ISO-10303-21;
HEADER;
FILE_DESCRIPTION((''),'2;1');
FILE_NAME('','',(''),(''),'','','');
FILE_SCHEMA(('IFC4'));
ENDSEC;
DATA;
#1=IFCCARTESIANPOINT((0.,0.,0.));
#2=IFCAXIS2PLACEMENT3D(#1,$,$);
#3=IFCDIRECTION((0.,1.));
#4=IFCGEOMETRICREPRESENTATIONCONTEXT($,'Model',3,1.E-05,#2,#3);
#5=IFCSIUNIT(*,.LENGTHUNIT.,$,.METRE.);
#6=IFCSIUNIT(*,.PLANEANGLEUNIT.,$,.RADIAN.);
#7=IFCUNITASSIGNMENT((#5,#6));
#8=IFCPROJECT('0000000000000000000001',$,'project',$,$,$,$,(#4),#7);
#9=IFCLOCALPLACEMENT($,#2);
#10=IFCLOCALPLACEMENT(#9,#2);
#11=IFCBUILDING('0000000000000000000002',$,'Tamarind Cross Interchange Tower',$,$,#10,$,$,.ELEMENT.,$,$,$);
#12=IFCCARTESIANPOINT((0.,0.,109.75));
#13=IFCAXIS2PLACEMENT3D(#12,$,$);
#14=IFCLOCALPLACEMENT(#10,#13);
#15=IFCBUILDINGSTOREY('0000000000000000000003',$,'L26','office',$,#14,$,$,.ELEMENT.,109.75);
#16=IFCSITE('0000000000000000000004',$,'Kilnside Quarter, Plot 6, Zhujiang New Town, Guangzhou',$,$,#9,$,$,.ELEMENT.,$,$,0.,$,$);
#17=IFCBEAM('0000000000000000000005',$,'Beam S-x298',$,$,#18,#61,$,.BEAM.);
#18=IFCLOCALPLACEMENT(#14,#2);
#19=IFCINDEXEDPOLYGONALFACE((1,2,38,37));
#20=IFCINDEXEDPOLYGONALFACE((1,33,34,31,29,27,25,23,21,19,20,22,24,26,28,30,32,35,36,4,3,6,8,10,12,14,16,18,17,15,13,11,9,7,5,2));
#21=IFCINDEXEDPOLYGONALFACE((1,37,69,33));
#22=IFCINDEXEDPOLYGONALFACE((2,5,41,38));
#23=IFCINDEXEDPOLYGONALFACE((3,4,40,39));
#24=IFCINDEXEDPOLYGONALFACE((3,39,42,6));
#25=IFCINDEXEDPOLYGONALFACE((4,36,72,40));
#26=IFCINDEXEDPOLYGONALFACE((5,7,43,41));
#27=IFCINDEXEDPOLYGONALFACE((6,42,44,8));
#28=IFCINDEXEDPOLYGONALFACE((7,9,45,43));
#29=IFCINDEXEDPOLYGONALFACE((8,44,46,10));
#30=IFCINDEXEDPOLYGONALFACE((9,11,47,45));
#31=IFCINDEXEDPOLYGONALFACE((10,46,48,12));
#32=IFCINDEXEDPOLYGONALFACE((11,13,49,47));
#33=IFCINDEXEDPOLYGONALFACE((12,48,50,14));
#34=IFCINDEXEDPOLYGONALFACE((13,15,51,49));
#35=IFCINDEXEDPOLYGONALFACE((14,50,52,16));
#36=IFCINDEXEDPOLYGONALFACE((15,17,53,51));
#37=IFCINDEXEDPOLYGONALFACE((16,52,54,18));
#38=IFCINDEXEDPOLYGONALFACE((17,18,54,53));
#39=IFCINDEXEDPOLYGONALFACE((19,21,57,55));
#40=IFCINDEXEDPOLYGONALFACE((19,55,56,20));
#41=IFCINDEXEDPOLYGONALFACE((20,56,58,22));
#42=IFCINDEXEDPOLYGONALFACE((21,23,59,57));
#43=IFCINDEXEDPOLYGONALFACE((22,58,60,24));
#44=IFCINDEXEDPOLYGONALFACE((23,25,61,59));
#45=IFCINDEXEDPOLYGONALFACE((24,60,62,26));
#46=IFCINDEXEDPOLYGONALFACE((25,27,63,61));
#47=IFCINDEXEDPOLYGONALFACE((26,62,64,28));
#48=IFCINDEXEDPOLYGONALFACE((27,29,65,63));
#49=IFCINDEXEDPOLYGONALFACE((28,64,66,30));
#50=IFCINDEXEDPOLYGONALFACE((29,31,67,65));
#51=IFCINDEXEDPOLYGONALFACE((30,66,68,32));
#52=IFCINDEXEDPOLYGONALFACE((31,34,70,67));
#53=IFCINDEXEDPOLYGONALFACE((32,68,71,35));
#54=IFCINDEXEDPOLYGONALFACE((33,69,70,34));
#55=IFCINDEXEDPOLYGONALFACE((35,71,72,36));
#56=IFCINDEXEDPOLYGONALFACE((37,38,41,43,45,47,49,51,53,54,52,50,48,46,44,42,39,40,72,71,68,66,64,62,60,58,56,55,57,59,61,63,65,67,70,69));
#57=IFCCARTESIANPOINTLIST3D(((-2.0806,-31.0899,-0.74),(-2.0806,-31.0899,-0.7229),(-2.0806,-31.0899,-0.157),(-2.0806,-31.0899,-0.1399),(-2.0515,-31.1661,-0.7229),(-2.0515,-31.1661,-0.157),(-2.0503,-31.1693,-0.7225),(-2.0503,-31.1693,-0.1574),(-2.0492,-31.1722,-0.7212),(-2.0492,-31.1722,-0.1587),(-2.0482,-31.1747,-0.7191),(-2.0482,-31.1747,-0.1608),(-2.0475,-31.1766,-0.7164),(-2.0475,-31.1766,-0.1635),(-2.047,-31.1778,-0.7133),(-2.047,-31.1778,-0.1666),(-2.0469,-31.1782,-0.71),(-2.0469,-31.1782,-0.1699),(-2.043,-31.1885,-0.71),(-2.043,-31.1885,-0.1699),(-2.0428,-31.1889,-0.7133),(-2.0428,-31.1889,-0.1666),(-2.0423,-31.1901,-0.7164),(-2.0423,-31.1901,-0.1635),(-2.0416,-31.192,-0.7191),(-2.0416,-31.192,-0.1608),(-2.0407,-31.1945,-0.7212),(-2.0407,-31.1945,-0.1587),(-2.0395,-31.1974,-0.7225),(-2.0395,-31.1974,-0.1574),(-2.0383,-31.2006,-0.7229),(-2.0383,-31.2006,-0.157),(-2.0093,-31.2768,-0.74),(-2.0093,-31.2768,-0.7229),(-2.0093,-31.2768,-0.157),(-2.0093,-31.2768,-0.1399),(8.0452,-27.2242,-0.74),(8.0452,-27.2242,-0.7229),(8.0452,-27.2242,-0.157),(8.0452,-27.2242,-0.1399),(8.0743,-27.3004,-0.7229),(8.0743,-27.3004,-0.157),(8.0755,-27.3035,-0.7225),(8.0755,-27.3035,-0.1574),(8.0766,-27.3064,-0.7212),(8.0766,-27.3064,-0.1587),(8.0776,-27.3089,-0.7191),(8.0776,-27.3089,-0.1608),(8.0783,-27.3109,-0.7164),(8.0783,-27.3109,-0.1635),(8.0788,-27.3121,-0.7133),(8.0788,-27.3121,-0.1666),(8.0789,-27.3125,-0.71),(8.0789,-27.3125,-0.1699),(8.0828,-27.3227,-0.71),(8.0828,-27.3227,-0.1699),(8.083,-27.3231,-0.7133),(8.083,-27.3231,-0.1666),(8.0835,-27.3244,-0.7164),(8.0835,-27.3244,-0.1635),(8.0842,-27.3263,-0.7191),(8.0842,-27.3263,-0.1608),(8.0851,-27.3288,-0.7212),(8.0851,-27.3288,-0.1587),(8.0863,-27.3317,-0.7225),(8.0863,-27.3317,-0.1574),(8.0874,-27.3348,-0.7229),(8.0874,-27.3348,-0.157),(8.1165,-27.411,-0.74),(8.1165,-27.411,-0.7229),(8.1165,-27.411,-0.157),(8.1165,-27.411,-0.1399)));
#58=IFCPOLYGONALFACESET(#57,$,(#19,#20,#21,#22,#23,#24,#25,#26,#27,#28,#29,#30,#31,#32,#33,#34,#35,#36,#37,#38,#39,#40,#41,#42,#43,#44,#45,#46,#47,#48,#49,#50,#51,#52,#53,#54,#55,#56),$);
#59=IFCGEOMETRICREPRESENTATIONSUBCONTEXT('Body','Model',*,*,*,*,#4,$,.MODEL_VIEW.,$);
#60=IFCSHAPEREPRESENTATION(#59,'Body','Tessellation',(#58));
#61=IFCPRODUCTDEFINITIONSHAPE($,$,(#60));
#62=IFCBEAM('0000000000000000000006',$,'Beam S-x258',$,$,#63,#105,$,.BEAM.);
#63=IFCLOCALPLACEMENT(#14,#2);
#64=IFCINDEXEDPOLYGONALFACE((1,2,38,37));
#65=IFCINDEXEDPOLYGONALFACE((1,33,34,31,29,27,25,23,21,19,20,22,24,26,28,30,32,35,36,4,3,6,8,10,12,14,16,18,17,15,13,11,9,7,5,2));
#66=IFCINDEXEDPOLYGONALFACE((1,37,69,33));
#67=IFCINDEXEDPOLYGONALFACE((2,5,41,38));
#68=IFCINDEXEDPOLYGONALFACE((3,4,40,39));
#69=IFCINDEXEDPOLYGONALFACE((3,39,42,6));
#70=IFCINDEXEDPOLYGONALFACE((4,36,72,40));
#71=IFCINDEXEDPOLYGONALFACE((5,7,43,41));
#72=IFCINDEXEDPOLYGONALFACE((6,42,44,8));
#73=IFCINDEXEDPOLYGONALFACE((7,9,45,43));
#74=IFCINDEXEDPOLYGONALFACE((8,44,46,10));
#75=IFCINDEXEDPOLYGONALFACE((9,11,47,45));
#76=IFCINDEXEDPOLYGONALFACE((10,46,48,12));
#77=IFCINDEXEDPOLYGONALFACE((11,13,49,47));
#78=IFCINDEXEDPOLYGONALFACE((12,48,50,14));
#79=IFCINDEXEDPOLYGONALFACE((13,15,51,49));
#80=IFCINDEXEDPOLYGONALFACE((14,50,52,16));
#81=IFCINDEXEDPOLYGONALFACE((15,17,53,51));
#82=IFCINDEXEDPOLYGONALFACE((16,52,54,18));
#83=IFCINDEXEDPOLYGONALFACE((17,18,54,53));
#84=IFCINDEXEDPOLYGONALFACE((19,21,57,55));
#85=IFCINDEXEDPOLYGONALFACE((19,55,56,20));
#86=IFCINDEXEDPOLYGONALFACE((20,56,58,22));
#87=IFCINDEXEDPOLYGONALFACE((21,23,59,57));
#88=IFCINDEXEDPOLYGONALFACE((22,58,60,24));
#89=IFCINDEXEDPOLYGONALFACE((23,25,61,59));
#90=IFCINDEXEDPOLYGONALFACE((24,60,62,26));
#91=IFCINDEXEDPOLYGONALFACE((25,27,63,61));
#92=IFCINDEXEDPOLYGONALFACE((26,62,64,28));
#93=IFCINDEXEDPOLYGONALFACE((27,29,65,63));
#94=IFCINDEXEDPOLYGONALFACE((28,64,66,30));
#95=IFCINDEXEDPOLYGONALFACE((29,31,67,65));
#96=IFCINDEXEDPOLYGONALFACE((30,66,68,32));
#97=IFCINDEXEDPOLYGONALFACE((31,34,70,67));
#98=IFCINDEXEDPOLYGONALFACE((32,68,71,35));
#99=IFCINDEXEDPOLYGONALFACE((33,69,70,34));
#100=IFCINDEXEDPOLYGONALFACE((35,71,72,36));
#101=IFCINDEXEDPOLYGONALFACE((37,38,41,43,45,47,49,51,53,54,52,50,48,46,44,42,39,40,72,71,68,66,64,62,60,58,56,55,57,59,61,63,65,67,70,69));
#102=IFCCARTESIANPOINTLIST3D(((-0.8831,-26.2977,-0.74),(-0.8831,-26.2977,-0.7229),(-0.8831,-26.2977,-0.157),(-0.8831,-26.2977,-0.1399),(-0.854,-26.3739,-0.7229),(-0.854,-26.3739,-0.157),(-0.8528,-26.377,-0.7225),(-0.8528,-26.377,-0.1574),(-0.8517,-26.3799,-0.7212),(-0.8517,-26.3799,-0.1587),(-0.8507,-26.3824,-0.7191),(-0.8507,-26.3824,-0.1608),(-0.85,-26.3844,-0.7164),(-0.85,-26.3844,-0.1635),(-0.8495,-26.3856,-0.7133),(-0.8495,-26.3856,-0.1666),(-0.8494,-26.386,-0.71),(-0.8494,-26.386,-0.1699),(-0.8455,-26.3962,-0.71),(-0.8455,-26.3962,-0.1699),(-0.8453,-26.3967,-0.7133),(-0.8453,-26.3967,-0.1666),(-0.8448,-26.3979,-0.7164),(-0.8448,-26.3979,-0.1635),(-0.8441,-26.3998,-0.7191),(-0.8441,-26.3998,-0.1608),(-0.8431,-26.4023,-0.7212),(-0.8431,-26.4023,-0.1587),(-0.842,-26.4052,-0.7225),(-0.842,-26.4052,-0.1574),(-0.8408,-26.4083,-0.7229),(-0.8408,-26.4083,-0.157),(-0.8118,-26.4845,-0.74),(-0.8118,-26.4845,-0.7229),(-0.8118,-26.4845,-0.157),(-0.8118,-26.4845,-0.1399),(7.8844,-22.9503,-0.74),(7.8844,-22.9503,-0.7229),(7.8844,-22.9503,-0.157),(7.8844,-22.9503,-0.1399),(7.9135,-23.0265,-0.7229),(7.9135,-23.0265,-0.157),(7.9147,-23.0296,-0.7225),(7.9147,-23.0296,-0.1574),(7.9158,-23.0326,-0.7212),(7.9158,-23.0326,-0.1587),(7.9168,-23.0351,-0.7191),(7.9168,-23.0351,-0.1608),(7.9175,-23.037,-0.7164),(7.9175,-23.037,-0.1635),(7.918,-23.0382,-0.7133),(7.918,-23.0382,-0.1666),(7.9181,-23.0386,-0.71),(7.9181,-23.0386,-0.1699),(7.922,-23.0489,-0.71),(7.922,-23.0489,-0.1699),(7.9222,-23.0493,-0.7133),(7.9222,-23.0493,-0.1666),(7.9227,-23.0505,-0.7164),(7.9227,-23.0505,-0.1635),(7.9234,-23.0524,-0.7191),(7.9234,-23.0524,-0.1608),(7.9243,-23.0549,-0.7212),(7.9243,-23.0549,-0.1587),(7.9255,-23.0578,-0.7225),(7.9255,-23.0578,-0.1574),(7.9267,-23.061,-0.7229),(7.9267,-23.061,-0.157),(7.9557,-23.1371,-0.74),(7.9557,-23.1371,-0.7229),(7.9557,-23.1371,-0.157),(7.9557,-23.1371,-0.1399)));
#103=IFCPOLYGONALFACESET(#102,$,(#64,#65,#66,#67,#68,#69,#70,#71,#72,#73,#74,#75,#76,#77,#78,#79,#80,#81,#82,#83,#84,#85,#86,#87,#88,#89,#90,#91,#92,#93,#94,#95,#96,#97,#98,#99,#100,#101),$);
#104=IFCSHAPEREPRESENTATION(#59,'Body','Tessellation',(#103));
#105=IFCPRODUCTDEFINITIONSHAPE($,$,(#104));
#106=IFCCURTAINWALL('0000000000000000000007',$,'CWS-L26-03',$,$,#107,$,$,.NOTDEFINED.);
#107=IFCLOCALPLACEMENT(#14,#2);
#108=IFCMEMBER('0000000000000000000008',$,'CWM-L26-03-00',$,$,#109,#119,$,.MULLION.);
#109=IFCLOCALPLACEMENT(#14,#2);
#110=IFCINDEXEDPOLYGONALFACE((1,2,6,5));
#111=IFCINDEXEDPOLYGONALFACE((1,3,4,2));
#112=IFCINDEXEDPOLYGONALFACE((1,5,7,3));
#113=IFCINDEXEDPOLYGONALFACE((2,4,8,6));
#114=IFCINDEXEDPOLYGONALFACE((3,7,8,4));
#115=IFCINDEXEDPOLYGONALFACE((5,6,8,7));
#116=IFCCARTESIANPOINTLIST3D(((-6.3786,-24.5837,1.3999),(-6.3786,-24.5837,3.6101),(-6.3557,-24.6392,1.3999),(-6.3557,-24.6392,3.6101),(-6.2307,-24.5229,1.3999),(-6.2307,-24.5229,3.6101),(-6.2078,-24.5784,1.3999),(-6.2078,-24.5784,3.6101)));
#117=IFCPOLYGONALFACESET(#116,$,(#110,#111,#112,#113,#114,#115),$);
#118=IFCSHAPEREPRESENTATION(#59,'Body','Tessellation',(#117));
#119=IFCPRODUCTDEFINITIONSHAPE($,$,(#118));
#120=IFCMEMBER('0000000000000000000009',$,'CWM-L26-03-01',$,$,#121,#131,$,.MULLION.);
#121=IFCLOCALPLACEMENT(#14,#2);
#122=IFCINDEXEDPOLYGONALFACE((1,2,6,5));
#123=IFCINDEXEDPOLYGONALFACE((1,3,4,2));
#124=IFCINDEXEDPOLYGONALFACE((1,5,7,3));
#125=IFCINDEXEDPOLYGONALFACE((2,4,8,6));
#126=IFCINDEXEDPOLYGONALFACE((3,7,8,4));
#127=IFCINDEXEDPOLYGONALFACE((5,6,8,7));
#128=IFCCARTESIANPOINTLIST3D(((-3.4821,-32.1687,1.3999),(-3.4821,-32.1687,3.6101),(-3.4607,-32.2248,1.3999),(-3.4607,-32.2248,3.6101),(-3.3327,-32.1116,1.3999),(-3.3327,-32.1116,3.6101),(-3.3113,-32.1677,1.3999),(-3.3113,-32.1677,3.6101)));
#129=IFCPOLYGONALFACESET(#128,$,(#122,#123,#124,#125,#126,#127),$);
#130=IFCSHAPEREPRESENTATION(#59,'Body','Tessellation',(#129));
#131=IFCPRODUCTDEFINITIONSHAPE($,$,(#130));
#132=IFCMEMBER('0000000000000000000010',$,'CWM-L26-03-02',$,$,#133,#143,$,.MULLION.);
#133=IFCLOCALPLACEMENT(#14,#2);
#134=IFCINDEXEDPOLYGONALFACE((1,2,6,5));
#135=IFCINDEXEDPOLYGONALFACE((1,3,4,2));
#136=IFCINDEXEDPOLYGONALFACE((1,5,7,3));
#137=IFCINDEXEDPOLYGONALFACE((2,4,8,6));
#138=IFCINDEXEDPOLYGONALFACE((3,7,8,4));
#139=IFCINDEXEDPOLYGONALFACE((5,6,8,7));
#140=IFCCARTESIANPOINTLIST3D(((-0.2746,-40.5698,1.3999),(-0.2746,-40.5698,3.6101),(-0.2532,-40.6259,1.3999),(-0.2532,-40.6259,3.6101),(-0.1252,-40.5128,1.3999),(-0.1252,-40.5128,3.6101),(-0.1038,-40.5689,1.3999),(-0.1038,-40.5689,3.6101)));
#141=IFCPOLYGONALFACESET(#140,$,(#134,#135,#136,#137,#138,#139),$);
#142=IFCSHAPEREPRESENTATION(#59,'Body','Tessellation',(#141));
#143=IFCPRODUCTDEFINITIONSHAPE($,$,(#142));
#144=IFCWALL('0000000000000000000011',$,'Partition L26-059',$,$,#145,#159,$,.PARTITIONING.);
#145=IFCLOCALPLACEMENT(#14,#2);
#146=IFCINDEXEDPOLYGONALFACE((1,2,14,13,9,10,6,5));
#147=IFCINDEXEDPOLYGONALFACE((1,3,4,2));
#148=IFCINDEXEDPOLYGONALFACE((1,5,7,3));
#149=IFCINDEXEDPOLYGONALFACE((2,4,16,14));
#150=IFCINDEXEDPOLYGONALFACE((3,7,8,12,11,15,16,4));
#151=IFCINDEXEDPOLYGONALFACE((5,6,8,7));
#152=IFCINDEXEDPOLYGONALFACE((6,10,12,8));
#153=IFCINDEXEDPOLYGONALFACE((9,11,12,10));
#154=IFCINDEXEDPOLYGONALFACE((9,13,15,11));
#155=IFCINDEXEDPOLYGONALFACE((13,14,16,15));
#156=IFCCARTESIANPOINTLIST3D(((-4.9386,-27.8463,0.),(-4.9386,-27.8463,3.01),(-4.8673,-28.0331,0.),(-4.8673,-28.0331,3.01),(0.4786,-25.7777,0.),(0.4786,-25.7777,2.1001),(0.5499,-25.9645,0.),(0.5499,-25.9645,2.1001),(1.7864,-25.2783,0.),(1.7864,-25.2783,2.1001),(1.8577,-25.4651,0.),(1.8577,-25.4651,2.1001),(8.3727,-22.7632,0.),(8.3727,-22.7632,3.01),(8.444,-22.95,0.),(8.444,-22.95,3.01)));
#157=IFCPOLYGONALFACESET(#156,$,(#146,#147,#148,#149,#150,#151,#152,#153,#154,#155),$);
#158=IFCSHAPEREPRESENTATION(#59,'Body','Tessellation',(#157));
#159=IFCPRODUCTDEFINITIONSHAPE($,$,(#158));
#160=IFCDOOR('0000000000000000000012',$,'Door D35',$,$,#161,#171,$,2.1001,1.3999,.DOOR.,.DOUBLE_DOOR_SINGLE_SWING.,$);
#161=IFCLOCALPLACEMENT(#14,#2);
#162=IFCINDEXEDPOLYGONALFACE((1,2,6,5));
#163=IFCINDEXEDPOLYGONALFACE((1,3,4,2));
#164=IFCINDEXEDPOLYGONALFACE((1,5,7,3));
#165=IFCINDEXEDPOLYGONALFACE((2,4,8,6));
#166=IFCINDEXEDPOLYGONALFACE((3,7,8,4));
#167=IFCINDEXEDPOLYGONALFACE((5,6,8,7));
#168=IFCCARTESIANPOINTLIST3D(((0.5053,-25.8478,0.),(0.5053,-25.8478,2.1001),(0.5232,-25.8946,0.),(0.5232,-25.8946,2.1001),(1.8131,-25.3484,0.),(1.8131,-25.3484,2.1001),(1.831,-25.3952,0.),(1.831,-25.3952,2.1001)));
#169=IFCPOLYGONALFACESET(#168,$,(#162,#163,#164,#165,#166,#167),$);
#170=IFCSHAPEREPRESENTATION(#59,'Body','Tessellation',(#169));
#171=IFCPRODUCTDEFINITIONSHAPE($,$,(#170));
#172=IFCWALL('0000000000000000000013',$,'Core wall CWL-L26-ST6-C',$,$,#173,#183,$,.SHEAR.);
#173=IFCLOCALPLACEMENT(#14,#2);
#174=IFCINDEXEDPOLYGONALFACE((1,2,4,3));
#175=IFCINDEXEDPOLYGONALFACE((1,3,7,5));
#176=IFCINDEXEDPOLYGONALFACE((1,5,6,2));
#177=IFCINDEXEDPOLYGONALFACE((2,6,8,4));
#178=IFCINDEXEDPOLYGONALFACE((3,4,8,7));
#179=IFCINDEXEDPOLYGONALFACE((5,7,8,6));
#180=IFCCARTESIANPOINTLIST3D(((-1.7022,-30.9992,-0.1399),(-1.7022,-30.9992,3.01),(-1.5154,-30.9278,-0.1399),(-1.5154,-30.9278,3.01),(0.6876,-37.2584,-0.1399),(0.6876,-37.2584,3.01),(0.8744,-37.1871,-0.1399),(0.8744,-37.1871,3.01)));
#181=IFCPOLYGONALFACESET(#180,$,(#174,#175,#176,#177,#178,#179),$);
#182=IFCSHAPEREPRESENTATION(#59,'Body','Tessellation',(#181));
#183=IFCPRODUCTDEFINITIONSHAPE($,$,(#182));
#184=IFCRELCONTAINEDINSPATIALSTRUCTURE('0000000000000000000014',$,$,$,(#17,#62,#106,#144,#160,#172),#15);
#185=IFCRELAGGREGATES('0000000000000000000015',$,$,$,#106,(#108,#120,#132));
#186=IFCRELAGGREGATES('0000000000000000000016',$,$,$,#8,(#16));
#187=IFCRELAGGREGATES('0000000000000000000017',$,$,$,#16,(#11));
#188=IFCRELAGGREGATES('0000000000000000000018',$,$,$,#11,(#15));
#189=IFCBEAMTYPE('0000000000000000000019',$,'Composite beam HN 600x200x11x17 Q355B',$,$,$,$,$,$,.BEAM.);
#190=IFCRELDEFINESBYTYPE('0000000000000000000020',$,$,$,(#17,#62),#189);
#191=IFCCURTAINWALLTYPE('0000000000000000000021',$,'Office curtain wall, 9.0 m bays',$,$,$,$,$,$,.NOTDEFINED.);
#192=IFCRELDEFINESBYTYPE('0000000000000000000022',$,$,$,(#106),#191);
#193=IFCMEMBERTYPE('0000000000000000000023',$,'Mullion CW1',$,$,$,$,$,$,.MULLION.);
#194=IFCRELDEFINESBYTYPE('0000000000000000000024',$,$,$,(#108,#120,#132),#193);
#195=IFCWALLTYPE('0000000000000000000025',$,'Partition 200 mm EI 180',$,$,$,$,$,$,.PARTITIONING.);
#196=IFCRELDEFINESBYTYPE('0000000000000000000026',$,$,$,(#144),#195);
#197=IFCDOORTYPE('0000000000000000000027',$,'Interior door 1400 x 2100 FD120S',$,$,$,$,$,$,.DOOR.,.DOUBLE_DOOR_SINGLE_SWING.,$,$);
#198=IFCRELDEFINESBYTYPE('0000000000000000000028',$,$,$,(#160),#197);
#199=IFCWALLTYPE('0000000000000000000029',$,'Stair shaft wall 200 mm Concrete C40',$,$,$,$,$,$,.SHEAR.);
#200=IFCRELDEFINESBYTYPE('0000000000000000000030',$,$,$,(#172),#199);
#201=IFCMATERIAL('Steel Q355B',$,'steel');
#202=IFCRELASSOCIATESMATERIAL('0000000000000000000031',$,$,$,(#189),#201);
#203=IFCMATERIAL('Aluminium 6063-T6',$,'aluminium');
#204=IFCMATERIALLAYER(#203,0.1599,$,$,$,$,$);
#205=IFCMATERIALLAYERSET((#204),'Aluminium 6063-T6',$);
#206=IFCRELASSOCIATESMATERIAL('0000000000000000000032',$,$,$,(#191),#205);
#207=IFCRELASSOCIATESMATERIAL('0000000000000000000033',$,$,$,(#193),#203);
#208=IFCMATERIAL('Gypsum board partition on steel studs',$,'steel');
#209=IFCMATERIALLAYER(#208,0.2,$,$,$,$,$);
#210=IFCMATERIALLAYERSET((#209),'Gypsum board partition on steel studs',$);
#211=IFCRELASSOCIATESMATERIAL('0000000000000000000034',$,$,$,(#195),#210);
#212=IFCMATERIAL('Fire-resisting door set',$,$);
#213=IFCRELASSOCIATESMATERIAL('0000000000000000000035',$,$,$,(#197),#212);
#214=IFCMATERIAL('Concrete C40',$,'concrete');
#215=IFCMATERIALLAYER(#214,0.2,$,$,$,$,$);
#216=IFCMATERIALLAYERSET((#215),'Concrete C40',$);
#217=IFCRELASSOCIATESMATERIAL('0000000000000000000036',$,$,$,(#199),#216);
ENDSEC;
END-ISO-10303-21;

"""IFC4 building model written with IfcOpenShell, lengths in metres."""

from ifc_helpers import new_model, si_unit, direction, frame, frame_2d, origin, origin_2d, place, context, subcontext, project, spatial, rectangle, i_section, extrude, material, layer, layer_set, material_profile, profile_set, type_object, element, fill, aggregate, save


model = new_model("IFC4")

# Units and contexts
model_context = context("Model", 3, precision=1e-05, world=origin(), true_north=direction((0.0, 1.0)))
body_context = subcontext(model_context, "Body", "Model", "MODEL_VIEW")
ifc_project = project(units=[si_unit("LENGTHUNIT", "METRE"), si_unit("PLANEANGLEUNIT", "RADIAN")], contexts=[model_context])

# Site, building, storey
site_placement = place(None, origin())
site = spatial("IfcSite", under=ifc_project, at=site_placement, Name="Kilnside Quarter, Plot 6, Zhujiang New Town, Guangzhou", CompositionType="ELEMENT", RefElevation=0.0)
building_placement = place(site_placement, origin())
building = spatial("IfcBuilding", under=site, at=building_placement, Name="Tamarind Cross Interchange Tower", CompositionType="ELEMENT")
storey_placement = place(building_placement, frame((0.0, 0.0, 109.75)))
storey = spatial("IfcBuildingStorey", under=building, at=storey_placement, Name="L26", Description="office", CompositionType="ELEMENT", Elevation=109.75)

# Beams
ifc_material_1 = material(Name="Steel Q355B", Category="steel")
ifc_material_profile_1 = material_profile(ifc_material_1, i_section(OverallWidth=0.2, OverallDepth=0.6001, WebThickness=0.011, FlangeThickness=0.0171, FilletRadius=0.0129, at=origin_2d()), Name="HN 600x200x11x17")
ifc_profile_set_1 = profile_set([ifc_material_profile_1], Name="Steel Q355B")
beam_type_1 = type_object("IfcBeamType", Name="Composite beam HN 600x200x11x17 Q355B", PredefinedType="BEAM", material=ifc_profile_set_1)
beam_1_placement = place(storey_placement, frame((-2.0449, -31.1833, -0.4399), z_axis=(0.934233, 0.356664, 0.0), x_axis=(-0.356664, 0.934233, 0.0)))
element("IfcBeam", 1, at=beam_1_placement, inside=storey, type_object=beam_type_1, Name="Beam S-x298", PredefinedType="BEAM", context=body_context, shape_type="SweptSolid", body=[
    extrude(i_section(OverallWidth=0.2, OverallDepth=0.6001, WebThickness=0.011, FlangeThickness=0.0171, FilletRadius=0.0129, at=origin_2d()), origin(), (0.0, 0.0, 1.0), 10.8386),
])
beam_2_placement = place(storey_placement, frame((-0.8474, -26.3911, -0.4399), z_axis=(0.934226, 0.356682, 0.0), x_axis=(-0.356682, 0.934226, 0.0)))
element("IfcBeam", 2, at=beam_2_placement, inside=storey, type_object=beam_type_1, Name="Beam S-x258", PredefinedType="BEAM", context=body_context, shape_type="SweptSolid", body=[
    extrude(i_section(OverallWidth=0.2, OverallDepth=0.6001, WebThickness=0.011, FlangeThickness=0.0171, FilletRadius=0.0129, at=origin_2d()), origin(), (0.0, 0.0, 1.0), 9.3848),
])

# Curtain wall, members
ifc_material_2 = material(Name="Aluminium 6063-T6", Category="aluminium")
ifc_layer_1 = layer(ifc_material_2, 0.1599)
ifc_layer_set_1 = layer_set([ifc_layer_1], Name="Aluminium 6063-T6")
curtain_wall_type = type_object("IfcCurtainWallType", Name="Office curtain wall, 9.0 m bays", PredefinedType="NOTDEFINED", material=ifc_layer_set_1)
curtain_wall_placement = place(storey_placement, origin())
curtain_wall = element("IfcCurtainWall", 3, at=curtain_wall_placement, inside=storey, type_object=curtain_wall_type, Name="CWS-L26-03", PredefinedType="NOTDEFINED")
ifc_material_profile_2 = material_profile(ifc_material_2, rectangle(XDim=0.0601, YDim=0.1599, at=origin_2d()), Name="Mullion CW1")
ifc_profile_set_2 = profile_set([ifc_material_profile_2], Name="Aluminium 6063-T6")
member_type = type_object("IfcMemberType", Name="Mullion CW1", PredefinedType="MULLION", material=ifc_profile_set_2)
member_1_placement = place(storey_placement, frame((-6.2932, -24.5811, 1.3999), z_axis=(0.0, 0.0, 1.0), x_axis=(0.380165, -0.924918, 0.0)))
member_1 = element("IfcMember", 4, at=member_1_placement, type_object=member_type, Name="CWM-L26-03-00", PredefinedType="MULLION", context=body_context, shape_type="SweptSolid", body=[
    extrude(rectangle(XDim=0.0601, YDim=0.1599, at=origin_2d()), origin(), (0.0, 0.0, 1.0), 2.2102),
])
member_2_placement = place(storey_placement, frame((-3.3967, -32.1682, 1.3999), z_axis=(0.0, 0.0, 1.0), x_axis=(0.356673, -0.934229, 0.0)))
member_2 = element("IfcMember", 5, at=member_2_placement, type_object=member_type, Name="CWM-L26-03-01", PredefinedType="MULLION", context=body_context, shape_type="SweptSolid", body=[
    extrude(rectangle(XDim=0.0601, YDim=0.1599, at=origin_2d()), origin(), (0.0, 0.0, 1.0), 2.2102),
])
member_3_placement = place(storey_placement, frame((-0.1892, -40.5693, 1.3999), z_axis=(0.0, 0.0, 1.0), x_axis=(0.356673, -0.934229, 0.0)))
member_3 = element("IfcMember", 6, at=member_3_placement, type_object=member_type, Name="CWM-L26-03-02", PredefinedType="MULLION", context=body_context, shape_type="SweptSolid", body=[
    extrude(rectangle(XDim=0.0601, YDim=0.1599, at=origin_2d()), origin(), (0.0, 0.0, 1.0), 2.2102),
])
aggregate(curtain_wall, [member_1, member_2, member_3])

# Wall, opening, door
ifc_material_3 = material(Name="Gypsum board partition on steel studs", Category="steel")
ifc_layer_2 = layer(ifc_material_3, 0.2)
ifc_layer_set_2 = layer_set([ifc_layer_2], Name="Gypsum board partition on steel studs")
wall_type_1 = type_object("IfcWallType", Name="Partition 200 mm EI 180", PredefinedType="PARTITIONING", material=ifc_layer_set_2)
wall_1_placement = place(storey_placement, frame((-4.9031, -27.9397, 0.0), z_axis=(0.0, 0.0, 1.0), x_axis=(0.934206, 0.356733, 0.0)))
wall_1 = element("IfcWall", 7, at=wall_1_placement, inside=storey, type_object=wall_type_1, Name="Partition L26-059", PredefinedType="PARTITIONING", context=body_context, shape_type="SweptSolid", body=[
    extrude(rectangle(XDim=14.2488, YDim=0.2, at=frame_2d((7.1245, 0.0))), origin(), (0.0, 0.0, 1.0), 3.01),
])
opening_placement = place(wall_1_placement, frame((5.7988, 0.0, 0.0)))
opening = element("IfcOpeningElement", 8, at=opening_placement, cuts=wall_1, PredefinedType="OPENING", context=body_context, shape_type="SweptSolid", body=[
    extrude(rectangle(XDim=1.3999, YDim=2.1001, at=frame_2d((0.7, 1.05))), frame((0.0, 0.1099, 0.0), z_axis=(0.0, -1.0, 0.0), x_axis=(1.0, 0.0, 0.0)), (0.0, 0.0, 1.0), 0.22),
])
ifc_material_4 = material(Name="Fire-resisting door set")
door_type = type_object("IfcDoorType", Name="Interior door 1400 x 2100 FD120S", OperationType="DOUBLE_DOOR_SINGLE_SWING", PredefinedType="DOOR", material=ifc_material_4)
door_placement = place(opening_placement, origin())
door = element("IfcDoor", 9, at=door_placement, inside=storey, type_object=door_type, Name="Door D35", OperationType="DOUBLE_DOOR_SINGLE_SWING", OverallHeight=2.1001, OverallWidth=1.3999, PredefinedType="DOOR", context=body_context, shape_type="SweptSolid", body=[
    extrude(rectangle(XDim=1.3999, YDim=2.1001, at=frame_2d((0.7, 1.05))), frame((0.0, 0.0249, 0.0), z_axis=(0.0, -1.0, 0.0), x_axis=(1.0, 0.0, 0.0)), (0.0, 0.0, 1.0), 0.05),
])
fill(opening, door)

# Wall
ifc_material_5 = material(Name="Concrete C40", Category="concrete")
ifc_layer_3 = layer(ifc_material_5, 0.2)
ifc_layer_set_3 = layer_set([ifc_layer_3], Name="Concrete C40")
wall_type_2 = type_object("IfcWallType", Name="Stair shaft wall 200 mm Concrete C40", PredefinedType="SHEAR", material=ifc_layer_set_3)
wall_2_placement = place(storey_placement, frame((-1.6089, -30.9634, -0.1399), z_axis=(0.0, 0.0, 1.0), x_axis=(0.3567, -0.934219, 0.0)))
element("IfcWall", 10, at=wall_2_placement, inside=storey, type_object=wall_type_2, Name="Core wall CWL-L26-ST6-C", PredefinedType="SHEAR", context=body_context, shape_type="SweptSolid", body=[
    extrude(rectangle(XDim=6.7, YDim=0.2, at=frame_2d((3.3501, 0.0))), origin(), (0.0, 0.0, 1.0), 3.1499),
])

save(model, "model.ifc")
